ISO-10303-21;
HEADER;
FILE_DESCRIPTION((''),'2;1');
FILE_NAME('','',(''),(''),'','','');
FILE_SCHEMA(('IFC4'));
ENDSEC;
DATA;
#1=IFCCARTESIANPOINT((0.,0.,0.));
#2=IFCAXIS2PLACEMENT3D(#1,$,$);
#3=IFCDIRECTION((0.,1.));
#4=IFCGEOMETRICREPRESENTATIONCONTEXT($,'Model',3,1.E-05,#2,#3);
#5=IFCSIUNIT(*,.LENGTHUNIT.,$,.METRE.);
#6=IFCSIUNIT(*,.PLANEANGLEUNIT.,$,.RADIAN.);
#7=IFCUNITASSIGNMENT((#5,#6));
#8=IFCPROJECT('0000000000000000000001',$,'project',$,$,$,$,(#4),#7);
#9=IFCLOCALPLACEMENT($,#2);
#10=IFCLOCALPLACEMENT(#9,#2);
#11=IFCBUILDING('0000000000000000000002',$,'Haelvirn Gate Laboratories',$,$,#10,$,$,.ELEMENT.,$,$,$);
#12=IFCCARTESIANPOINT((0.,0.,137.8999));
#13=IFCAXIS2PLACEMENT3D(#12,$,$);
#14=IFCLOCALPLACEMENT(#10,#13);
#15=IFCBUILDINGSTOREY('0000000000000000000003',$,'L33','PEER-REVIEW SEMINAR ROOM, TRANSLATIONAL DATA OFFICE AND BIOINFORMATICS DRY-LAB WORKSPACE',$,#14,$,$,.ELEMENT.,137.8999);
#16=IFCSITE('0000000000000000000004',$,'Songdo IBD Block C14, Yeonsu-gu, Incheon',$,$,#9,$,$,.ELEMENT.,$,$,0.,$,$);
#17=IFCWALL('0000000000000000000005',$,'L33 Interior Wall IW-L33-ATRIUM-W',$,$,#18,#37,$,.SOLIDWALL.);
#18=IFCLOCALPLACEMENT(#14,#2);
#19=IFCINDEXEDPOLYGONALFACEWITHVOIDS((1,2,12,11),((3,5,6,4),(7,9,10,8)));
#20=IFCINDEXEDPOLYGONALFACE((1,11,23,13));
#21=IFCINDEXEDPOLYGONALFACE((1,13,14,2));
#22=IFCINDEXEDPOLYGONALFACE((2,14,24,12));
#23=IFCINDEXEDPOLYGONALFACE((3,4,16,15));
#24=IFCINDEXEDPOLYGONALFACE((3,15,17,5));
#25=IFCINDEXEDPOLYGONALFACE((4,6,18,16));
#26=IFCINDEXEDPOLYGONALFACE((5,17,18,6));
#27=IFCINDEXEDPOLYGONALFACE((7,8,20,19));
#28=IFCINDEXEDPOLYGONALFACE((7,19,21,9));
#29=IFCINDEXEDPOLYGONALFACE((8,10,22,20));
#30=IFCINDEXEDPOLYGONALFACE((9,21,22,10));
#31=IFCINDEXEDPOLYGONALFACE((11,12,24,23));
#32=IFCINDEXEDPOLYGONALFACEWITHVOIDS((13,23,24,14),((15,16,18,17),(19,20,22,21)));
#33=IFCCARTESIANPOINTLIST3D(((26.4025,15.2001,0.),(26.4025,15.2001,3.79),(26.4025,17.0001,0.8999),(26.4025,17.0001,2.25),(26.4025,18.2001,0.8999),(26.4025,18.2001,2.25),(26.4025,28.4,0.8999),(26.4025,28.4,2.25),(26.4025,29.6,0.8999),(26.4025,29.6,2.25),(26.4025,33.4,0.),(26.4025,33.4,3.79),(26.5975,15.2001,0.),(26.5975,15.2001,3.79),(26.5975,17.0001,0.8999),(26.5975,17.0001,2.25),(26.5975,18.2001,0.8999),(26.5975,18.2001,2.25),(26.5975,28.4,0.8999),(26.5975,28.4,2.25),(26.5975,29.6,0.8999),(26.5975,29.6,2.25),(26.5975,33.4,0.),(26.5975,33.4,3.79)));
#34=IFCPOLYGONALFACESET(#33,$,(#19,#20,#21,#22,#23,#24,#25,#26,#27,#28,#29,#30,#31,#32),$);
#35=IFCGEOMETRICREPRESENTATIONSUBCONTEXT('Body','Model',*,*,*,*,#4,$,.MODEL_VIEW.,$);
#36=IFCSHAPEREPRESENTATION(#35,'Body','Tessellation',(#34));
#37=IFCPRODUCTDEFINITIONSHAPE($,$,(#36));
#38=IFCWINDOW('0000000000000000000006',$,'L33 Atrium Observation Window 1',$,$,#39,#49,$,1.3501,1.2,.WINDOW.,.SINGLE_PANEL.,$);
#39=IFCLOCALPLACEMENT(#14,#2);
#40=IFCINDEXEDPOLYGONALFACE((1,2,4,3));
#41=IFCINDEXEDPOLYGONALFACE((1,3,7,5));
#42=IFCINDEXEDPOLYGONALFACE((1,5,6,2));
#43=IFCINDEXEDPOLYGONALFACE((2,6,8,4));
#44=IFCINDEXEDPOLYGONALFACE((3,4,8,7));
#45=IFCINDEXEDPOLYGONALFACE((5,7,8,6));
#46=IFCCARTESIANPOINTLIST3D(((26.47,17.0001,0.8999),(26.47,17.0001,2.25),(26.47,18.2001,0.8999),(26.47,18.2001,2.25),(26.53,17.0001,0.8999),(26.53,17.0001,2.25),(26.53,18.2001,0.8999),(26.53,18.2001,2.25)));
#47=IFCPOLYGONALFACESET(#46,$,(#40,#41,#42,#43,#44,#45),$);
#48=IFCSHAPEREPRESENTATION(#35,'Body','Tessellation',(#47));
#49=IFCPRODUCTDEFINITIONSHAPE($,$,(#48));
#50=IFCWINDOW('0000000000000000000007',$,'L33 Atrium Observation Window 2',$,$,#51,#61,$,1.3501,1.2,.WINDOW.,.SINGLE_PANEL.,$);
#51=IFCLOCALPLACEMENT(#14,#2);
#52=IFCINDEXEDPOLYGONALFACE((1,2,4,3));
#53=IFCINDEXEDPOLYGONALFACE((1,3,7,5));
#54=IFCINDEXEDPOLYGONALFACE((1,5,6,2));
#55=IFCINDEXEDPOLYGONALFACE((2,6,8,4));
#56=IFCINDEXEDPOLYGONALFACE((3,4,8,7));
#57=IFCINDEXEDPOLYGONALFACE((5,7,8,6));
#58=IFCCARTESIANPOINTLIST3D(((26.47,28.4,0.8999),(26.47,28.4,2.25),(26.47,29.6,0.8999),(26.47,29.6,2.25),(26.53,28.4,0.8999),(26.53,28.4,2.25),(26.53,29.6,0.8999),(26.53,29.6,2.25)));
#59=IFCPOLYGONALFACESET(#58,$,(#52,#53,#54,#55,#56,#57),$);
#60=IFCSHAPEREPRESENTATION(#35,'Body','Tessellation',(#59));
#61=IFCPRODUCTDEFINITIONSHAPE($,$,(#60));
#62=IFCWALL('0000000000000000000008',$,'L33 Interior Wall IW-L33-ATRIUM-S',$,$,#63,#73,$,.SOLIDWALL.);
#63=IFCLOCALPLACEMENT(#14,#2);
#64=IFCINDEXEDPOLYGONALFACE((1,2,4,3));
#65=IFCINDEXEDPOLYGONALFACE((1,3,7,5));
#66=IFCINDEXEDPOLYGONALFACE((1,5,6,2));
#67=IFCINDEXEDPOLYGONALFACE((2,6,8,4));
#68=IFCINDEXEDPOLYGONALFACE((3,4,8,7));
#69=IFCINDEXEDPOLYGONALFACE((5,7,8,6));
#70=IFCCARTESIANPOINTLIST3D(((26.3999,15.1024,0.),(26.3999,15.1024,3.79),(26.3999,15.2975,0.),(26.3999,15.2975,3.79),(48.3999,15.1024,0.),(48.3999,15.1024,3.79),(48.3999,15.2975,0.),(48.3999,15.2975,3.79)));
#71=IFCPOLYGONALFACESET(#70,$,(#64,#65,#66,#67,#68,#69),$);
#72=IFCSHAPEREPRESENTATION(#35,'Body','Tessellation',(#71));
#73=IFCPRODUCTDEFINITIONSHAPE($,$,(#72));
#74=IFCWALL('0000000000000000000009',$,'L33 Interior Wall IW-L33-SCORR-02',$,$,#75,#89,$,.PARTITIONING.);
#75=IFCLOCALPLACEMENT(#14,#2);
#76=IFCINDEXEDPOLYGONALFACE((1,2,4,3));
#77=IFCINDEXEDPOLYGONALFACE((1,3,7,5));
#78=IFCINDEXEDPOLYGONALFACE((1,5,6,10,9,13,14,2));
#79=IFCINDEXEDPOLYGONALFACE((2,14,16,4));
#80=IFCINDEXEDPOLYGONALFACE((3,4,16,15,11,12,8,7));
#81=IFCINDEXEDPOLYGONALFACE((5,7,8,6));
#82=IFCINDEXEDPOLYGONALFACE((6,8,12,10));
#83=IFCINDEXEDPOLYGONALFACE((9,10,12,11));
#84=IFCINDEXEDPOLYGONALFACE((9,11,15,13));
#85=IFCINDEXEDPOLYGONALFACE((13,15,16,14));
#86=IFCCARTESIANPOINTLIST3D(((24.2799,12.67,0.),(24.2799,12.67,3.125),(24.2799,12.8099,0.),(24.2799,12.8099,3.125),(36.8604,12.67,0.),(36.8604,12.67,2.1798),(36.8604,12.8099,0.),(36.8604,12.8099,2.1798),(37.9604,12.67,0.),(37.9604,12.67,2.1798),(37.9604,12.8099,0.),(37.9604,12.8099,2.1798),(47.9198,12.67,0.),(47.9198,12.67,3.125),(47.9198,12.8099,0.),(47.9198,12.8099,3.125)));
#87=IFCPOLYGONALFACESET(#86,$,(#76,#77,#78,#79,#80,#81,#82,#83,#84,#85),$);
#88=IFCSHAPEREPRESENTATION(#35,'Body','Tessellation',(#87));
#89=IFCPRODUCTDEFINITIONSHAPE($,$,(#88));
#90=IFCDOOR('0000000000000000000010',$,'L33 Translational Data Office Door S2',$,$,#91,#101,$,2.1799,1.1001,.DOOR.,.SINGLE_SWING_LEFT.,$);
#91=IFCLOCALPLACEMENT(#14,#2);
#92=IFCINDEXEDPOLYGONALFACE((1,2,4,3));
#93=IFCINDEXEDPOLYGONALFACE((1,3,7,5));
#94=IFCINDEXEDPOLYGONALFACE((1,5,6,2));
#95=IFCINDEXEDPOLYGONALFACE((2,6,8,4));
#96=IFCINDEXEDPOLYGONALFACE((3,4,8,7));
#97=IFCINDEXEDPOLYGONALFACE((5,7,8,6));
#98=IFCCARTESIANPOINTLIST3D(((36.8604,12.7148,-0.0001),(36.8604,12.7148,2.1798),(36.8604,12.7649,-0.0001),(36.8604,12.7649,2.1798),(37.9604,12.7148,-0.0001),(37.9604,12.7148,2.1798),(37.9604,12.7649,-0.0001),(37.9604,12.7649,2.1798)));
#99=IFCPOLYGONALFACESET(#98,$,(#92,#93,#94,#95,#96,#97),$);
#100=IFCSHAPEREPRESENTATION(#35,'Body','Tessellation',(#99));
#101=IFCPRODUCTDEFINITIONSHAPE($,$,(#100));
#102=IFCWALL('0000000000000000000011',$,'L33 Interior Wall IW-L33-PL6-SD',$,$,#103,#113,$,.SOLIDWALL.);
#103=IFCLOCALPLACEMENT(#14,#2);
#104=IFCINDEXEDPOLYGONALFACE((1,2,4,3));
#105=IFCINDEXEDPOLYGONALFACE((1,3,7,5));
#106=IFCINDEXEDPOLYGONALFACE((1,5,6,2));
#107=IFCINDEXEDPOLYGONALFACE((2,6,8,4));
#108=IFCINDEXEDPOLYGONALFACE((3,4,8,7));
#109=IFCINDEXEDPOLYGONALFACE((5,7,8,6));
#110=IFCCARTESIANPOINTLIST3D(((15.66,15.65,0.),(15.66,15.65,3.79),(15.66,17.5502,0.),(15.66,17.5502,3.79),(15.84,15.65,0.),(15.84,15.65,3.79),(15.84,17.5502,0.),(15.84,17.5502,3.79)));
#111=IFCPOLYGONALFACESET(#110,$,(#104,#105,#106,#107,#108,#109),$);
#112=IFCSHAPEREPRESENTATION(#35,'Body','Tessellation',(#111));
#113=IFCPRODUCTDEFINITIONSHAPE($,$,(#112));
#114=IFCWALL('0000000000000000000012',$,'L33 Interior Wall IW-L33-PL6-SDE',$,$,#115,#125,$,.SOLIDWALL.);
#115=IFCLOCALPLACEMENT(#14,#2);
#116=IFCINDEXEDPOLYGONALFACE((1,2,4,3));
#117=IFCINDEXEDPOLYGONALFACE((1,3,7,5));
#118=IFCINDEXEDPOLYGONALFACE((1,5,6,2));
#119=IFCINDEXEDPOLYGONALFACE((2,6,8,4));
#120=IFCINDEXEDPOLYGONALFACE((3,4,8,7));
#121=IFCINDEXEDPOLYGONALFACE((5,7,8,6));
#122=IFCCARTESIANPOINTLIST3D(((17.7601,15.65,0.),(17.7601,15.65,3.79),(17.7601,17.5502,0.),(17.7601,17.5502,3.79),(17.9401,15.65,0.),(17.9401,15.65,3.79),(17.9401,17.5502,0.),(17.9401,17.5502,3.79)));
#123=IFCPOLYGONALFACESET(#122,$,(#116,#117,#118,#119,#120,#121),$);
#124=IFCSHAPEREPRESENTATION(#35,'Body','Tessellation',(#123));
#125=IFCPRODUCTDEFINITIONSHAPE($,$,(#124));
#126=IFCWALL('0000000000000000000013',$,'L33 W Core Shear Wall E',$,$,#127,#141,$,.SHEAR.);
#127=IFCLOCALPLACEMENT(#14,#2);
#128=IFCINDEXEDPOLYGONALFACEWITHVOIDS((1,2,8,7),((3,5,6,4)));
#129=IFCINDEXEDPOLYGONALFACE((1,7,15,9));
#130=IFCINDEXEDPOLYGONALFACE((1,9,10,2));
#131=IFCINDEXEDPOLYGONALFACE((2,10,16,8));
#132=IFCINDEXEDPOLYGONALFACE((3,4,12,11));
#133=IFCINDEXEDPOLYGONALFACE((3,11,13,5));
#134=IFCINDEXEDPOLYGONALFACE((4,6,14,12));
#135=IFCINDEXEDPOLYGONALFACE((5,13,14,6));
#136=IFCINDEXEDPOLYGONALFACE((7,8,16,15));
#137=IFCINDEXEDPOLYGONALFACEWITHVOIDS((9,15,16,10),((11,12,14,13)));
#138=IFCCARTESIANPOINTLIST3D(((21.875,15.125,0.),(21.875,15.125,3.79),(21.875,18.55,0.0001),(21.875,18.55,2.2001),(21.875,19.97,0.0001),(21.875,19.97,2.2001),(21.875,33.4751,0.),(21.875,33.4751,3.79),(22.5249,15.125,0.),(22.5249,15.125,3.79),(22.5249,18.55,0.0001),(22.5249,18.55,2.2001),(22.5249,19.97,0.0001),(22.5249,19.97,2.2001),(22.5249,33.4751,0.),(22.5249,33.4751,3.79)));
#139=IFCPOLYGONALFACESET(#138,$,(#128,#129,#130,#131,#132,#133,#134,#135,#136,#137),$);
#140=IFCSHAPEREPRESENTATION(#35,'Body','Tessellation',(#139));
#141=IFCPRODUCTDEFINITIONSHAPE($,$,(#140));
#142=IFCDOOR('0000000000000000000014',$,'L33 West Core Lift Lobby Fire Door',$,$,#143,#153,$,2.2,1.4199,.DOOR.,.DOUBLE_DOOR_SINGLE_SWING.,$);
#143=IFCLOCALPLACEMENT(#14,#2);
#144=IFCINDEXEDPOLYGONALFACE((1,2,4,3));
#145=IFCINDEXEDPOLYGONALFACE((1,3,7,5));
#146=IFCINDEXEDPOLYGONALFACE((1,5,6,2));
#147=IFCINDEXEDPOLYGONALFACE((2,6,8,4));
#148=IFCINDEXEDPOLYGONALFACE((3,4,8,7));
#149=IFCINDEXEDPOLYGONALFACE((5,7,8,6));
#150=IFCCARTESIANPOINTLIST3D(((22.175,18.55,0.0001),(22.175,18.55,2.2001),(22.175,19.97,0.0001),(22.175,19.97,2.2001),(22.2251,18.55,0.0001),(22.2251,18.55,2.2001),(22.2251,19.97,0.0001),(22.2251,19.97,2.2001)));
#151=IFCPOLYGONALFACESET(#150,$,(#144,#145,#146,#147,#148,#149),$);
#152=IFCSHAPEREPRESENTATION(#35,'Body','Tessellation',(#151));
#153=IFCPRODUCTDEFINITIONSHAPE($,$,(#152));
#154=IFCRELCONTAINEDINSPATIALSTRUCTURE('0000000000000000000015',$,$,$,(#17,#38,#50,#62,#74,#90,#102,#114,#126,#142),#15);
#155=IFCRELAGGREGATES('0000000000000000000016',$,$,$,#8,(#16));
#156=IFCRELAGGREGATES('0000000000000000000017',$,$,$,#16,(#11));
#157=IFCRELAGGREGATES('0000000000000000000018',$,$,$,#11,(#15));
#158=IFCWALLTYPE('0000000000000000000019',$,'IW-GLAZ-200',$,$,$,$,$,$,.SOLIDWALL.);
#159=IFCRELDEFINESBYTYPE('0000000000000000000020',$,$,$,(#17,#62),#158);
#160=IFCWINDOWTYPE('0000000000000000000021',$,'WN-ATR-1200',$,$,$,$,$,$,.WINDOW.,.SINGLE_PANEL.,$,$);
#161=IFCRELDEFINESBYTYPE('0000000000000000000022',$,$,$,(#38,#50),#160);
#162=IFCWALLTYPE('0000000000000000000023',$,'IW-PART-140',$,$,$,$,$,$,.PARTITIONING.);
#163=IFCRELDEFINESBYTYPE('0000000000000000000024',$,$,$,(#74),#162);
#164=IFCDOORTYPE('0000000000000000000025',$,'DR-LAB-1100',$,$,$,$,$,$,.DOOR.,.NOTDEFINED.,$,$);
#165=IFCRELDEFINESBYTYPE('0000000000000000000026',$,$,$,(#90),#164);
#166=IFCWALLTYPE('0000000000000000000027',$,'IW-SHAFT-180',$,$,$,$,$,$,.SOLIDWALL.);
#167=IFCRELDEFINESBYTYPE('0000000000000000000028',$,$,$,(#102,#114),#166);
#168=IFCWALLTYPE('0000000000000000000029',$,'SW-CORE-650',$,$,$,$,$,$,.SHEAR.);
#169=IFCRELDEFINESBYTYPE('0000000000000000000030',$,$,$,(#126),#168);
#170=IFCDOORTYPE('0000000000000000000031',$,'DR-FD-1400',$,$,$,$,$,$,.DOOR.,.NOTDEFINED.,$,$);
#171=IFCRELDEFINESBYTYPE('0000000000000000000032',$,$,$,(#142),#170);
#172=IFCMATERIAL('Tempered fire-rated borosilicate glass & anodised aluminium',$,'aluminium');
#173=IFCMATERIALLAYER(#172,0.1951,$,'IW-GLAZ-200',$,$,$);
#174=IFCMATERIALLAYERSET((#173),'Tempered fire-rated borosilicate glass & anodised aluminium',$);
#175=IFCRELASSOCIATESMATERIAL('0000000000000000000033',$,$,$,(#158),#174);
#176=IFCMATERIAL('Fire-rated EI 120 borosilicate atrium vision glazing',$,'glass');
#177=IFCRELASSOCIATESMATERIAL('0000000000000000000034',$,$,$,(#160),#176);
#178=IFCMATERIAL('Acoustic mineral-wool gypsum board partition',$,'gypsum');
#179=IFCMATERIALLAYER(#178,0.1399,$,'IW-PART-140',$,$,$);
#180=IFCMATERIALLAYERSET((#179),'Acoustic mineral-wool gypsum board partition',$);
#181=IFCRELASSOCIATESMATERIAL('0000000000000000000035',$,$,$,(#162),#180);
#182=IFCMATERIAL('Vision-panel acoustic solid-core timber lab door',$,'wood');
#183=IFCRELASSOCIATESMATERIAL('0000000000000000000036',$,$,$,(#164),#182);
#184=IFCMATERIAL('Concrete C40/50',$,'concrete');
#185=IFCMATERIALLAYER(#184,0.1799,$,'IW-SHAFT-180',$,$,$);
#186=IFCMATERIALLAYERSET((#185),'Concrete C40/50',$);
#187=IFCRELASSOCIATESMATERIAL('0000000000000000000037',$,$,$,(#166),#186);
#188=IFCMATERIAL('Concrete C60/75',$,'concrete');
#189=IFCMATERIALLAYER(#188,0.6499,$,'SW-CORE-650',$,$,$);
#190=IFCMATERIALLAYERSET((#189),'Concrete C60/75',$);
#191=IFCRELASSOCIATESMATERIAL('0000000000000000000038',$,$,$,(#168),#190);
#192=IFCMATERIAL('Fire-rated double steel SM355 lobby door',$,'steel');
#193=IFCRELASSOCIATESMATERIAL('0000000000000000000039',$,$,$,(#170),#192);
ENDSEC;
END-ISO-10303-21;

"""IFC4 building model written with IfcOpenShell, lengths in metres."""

from ifc_helpers import new_model, si_unit, direction, frame, frame_2d, origin, place, context, subcontext, project, spatial, rectangle, extrude, source, transform, mapped, material, layer, layer_set, type_object, type_shapes, element, fill, save


model = new_model("IFC4")

# Units and contexts
model_context = context("Model", 3, precision=1e-05, world=origin(), true_north=direction((0.0, 1.0)))
body_context = subcontext(model_context, "Body", "Model", "MODEL_VIEW")
ifc_project = project(units=[si_unit("LENGTHUNIT", "METRE"), si_unit("PLANEANGLEUNIT", "RADIAN")], contexts=[model_context])

# Site, building, storey
site_placement = place(None, origin())
site = spatial("IfcSite", under=ifc_project, at=site_placement, Name="Songdo IBD Block C14, Yeonsu-gu, Incheon", CompositionType="ELEMENT", RefElevation=0.0)
building_placement = place(site_placement, origin())
building = spatial("IfcBuilding", under=site, at=building_placement, Name="Haelvirn Gate Laboratories", CompositionType="ELEMENT")
storey_placement = place(building_placement, frame((0.0, 0.0, 137.8999)))
storey = spatial("IfcBuildingStorey", under=building, at=storey_placement, Name="L33", Description="PEER-REVIEW SEMINAR ROOM, TRANSLATIONAL DATA OFFICE AND BIOINFORMATICS DRY-LAB WORKSPACE", CompositionType="ELEMENT", Elevation=137.8999)

# Shared definitions
ifc_material_1 = material(Name="Concrete C60/75", Category="concrete")

# Wall, openings, windows
ifc_material_2 = material(Name="Tempered fire-rated borosilicate glass & anodised aluminium", Category="aluminium")
ifc_layer_1 = layer(ifc_material_2, 0.1951, Name="IW-GLAZ-200")
ifc_layer_set_1 = layer_set([ifc_layer_1], Name="Tempered fire-rated borosilicate glass & anodised aluminium")
wall_type_1 = type_object("IfcWallType", Name="IW-GLAZ-200", PredefinedType="SOLIDWALL", material=ifc_layer_set_1)
wall_1_placement = place(storey_placement, frame((26.5, 15.2, 0.0), z_axis=(0.0, 0.0, 1.0), x_axis=(0.0, 1.0, 0.0)))
wall_1 = element("IfcWall", 1, at=wall_1_placement, inside=storey, type_object=wall_type_1, Name="L33 Interior Wall IW-L33-ATRIUM-W", PredefinedType="SOLIDWALL", context=body_context, shape_type="SweptSolid", body=[
    extrude(rectangle(XDim=18.2, YDim=0.1951, at=frame_2d((9.1001, 0.0))), origin(), (0.0, 0.0, 1.0), 3.79),
])
opening_1_placement = place(wall_1_placement, frame((1.8, 0.0, 0.8999)))
opening_1 = element("IfcOpeningElement", 2, at=opening_1_placement, cuts=wall_1, PredefinedType="OPENING", context=body_context, shape_type="SweptSolid", body=[
    extrude(rectangle(XDim=1.2, YDim=1.3501, at=frame_2d((0.6001, 0.675))), frame((0.0, 0.1074, 0.0), z_axis=(0.0, -1.0, 0.0), x_axis=(1.0, 0.0, 0.0)), (0.0, 0.0, 1.0), 0.2151),
])
opening_2_placement = place(wall_1_placement, frame((13.2, 0.0, 0.8999)))
opening_2 = element("IfcOpeningElement", 3, at=opening_2_placement, cuts=wall_1, PredefinedType="OPENING", context=body_context, shape_type="SweptSolid", body=[
    extrude(rectangle(XDim=1.2, YDim=1.3501, at=frame_2d((0.6001, 0.675))), frame((0.0, 0.1074, 0.0), z_axis=(0.0, -1.0, 0.0), x_axis=(1.0, 0.0, 0.0)), (0.0, 0.0, 1.0), 0.2151),
])
ifc_material_3 = material(Name="Fire-rated EI 120 borosilicate atrium vision glazing", Category="glass")
window_type = type_object("IfcWindowType", Name="WN-ATR-1200", PartitioningType="SINGLE_PANEL", PredefinedType="WINDOW", material=ifc_material_3)
shared_shape_1 = source(origin(), body_context, "Body", "SweptSolid", [
    extrude(rectangle(XDim=1.2, YDim=1.3501, at=frame_2d((0.6001, 0.675))), frame((0.0, 0.03, 0.0), z_axis=(0.0, -1.0, 0.0), x_axis=(1.0, 0.0, 0.0)), (0.0, 0.0, 1.0), 0.0601),
])
type_shapes(window_type, [shared_shape_1])
window_1_placement = place(opening_1_placement, origin())
window_1 = element("IfcWindow", 4, at=window_1_placement, inside=storey, type_object=window_type, Name="L33 Atrium Observation Window 1", OverallHeight=1.3501, OverallWidth=1.2, PartitioningType="SINGLE_PANEL", PredefinedType="WINDOW", context=body_context, shape_type="MappedRepresentation", body=[
    mapped(shared_shape_1, transform((0.0, 0.0, 0.0), scale=1.0)),
])
fill(opening_1, window_1)
window_2_placement = place(opening_2_placement, origin())
window_2 = element("IfcWindow", 5, at=window_2_placement, inside=storey, type_object=window_type, Name="L33 Atrium Observation Window 2", OverallHeight=1.3501, OverallWidth=1.2, PartitioningType="SINGLE_PANEL", PredefinedType="WINDOW", context=body_context, shape_type="MappedRepresentation", body=[
    mapped(shared_shape_1, transform((0.0, 0.0, 0.0), scale=1.0)),
])
fill(opening_2, window_2)

# Wall
wall_2_placement = place(storey_placement, frame((26.3999, 15.2, 0.0), z_axis=(0.0, 0.0, 1.0), x_axis=(1.0, 0.0, 0.0)))
element("IfcWall", 6, at=wall_2_placement, inside=storey, type_object=wall_type_1, Name="L33 Interior Wall IW-L33-ATRIUM-S", PredefinedType="SOLIDWALL", context=body_context, shape_type="SweptSolid", body=[
    extrude(rectangle(XDim=22.0, YDim=0.1951, at=frame_2d((11.0, 0.0))), origin(), (0.0, 0.0, 1.0), 3.79),
])

# Wall, opening, door
ifc_material_4 = material(Name="Acoustic mineral-wool gypsum board partition", Category="gypsum")
ifc_layer_2 = layer(ifc_material_4, 0.1399, Name="IW-PART-140")
ifc_layer_set_2 = layer_set([ifc_layer_2], Name="Acoustic mineral-wool gypsum board partition")
wall_type_2 = type_object("IfcWallType", Name="IW-PART-140", PredefinedType="PARTITIONING", material=ifc_layer_set_2)
wall_3_placement = place(storey_placement, frame((24.28, 12.74, 0.0), z_axis=(0.0, 0.0, 1.0), x_axis=(1.0, 0.0, 0.0)))
wall_3 = element("IfcWall", 7, at=wall_3_placement, inside=storey, type_object=wall_type_2, Name="L33 Interior Wall IW-L33-SCORR-02", PredefinedType="PARTITIONING", context=body_context, shape_type="SweptSolid", body=[
    extrude(rectangle(XDim=23.6399, YDim=0.1399, at=frame_2d((11.8198, 0.0))), origin(), (0.0, 0.0, 1.0), 3.125),
])
opening_3_placement = place(wall_3_placement, frame((12.5803, 0.0, 0.0)))
opening_3 = element("IfcOpeningElement", 8, at=opening_3_placement, cuts=wall_3, PredefinedType="OPENING", context=body_context, shape_type="SweptSolid", body=[
    extrude(rectangle(XDim=1.1001, YDim=2.1799, at=frame_2d((0.55, 1.0898))), frame((0.0, 0.0801, 0.0), z_axis=(0.0, -1.0, 0.0), x_axis=(1.0, 0.0, 0.0)), (0.0, 0.0, 1.0), 0.1599),
])
ifc_material_5 = material(Name="Vision-panel acoustic solid-core timber lab door", Category="wood")
door_type_1 = type_object("IfcDoorType", Name="DR-LAB-1100", OperationType="NOTDEFINED", PredefinedType="DOOR", material=ifc_material_5)
shared_shape_2 = source(origin(), body_context, "Body", "SweptSolid", [
    extrude(rectangle(XDim=1.1001, YDim=2.1799, at=frame_2d((0.55, 1.0898))), frame((0.0, 0.0249, 0.0), z_axis=(0.0, -1.0, 0.0), x_axis=(1.0, 0.0, 0.0)), (0.0, 0.0, 1.0), 0.05),
])
type_shapes(door_type_1, [shared_shape_2])
door_1_placement = place(opening_3_placement, origin())
door_1 = element("IfcDoor", 9, at=door_1_placement, inside=storey, type_object=door_type_1, Name="L33 Translational Data Office Door S2", OperationType="SINGLE_SWING_LEFT", OverallHeight=2.1799, OverallWidth=1.1001, PredefinedType="DOOR", context=body_context, shape_type="MappedRepresentation", body=[
    mapped(shared_shape_2, transform((0.0, 0.0, 0.0), scale=1.0)),
])
fill(opening_3, door_1)

# Walls
ifc_material_6 = material(Name="Concrete C40/50", Category="concrete")
ifc_layer_3 = layer(ifc_material_6, 0.1799, Name="IW-SHAFT-180")
ifc_layer_set_3 = layer_set([ifc_layer_3], Name="Concrete C40/50")
wall_type_3 = type_object("IfcWallType", Name="IW-SHAFT-180", PredefinedType="SOLIDWALL", material=ifc_layer_set_3)
for number, where, z_axis, x_axis, name in (
    (10, (15.75, 15.6499, 0.0), (0.0, 0.0, 1.0), (0.0, 1.0, 0.0), "L33 Interior Wall IW-L33-PL6-SD"),
    (11, (17.8501, 15.6499, 0.0), (0.0, 0.0, 1.0), (0.0, 1.0, 0.0), "L33 Interior Wall IW-L33-PL6-SDE"),
):
    element("IfcWall", number, at=place(storey_placement, frame(where, z_axis=z_axis, x_axis=x_axis)), inside=storey, type_object=wall_type_3, Name=name, PredefinedType="SOLIDWALL", context=body_context, shape_type="SweptSolid", body=[
        extrude(rectangle(XDim=1.9001, YDim=0.1799, at=frame_2d((0.9502, 0.0))), origin(), (0.0, 0.0, 1.0), 3.79),
    ])

# Wall, opening, door
ifc_layer_4 = layer(ifc_material_1, 0.6499, Name="SW-CORE-650")
ifc_layer_set_4 = layer_set([ifc_layer_4], Name="Concrete C60/75")
wall_type_4 = type_object("IfcWallType", Name="SW-CORE-650", PredefinedType="SHEAR", material=ifc_layer_set_4)
wall_4_placement = place(storey_placement, frame((22.2, 15.125, 0.0), z_axis=(0.0, 0.0, 1.0), x_axis=(0.0, 1.0, 0.0)))
wall_4 = element("IfcWall", 12, at=wall_4_placement, inside=storey, type_object=wall_type_4, Name="L33 W Core Shear Wall E", PredefinedType="SHEAR", context=body_context, shape_type="SweptSolid", body=[
    extrude(rectangle(XDim=18.3501, YDim=0.6499, at=frame_2d((9.175, 0.0))), origin(), (0.0, 0.0, 1.0), 3.79),
])
opening_4_placement = place(wall_4_placement, frame((3.425, 0.0, 0.0)))
opening_4 = element("IfcOpeningElement", 13, at=opening_4_placement, cuts=wall_4, PredefinedType="OPENING", context=body_context, shape_type="SweptSolid", body=[
    extrude(rectangle(XDim=1.4199, YDim=2.2, at=frame_2d((0.71, 1.1001))), frame((0.0, 0.335, 0.0), z_axis=(0.0, -1.0, 0.0), x_axis=(1.0, 0.0, 0.0)), (0.0, 0.0, 1.0), 0.6699),
])
ifc_material_7 = material(Name="Fire-rated double steel SM355 lobby door", Category="steel")
door_type_2 = type_object("IfcDoorType", Name="DR-FD-1400", OperationType="NOTDEFINED", PredefinedType="DOOR", material=ifc_material_7)
shared_shape_3 = source(origin(), body_context, "Body", "SweptSolid", [
    extrude(rectangle(XDim=1.4199, YDim=2.2, at=frame_2d((0.71, 1.1001))), frame((0.0, 0.0249, 0.0), z_axis=(0.0, -1.0, 0.0), x_axis=(1.0, 0.0, 0.0)), (0.0, 0.0, 1.0), 0.05),
])
type_shapes(door_type_2, [shared_shape_3])
door_2_placement = place(opening_4_placement, origin())
door_2 = element("IfcDoor", 14, at=door_2_placement, inside=storey, type_object=door_type_2, Name="L33 West Core Lift Lobby Fire Door", OperationType="DOUBLE_DOOR_SINGLE_SWING", OverallHeight=2.2, OverallWidth=1.4199, PredefinedType="DOOR", context=body_context, shape_type="MappedRepresentation", body=[
    mapped(shared_shape_3, transform((0.0, 0.0, 0.0), scale=1.0)),
])
fill(opening_4, door_2)

save(model, "model.ifc")
